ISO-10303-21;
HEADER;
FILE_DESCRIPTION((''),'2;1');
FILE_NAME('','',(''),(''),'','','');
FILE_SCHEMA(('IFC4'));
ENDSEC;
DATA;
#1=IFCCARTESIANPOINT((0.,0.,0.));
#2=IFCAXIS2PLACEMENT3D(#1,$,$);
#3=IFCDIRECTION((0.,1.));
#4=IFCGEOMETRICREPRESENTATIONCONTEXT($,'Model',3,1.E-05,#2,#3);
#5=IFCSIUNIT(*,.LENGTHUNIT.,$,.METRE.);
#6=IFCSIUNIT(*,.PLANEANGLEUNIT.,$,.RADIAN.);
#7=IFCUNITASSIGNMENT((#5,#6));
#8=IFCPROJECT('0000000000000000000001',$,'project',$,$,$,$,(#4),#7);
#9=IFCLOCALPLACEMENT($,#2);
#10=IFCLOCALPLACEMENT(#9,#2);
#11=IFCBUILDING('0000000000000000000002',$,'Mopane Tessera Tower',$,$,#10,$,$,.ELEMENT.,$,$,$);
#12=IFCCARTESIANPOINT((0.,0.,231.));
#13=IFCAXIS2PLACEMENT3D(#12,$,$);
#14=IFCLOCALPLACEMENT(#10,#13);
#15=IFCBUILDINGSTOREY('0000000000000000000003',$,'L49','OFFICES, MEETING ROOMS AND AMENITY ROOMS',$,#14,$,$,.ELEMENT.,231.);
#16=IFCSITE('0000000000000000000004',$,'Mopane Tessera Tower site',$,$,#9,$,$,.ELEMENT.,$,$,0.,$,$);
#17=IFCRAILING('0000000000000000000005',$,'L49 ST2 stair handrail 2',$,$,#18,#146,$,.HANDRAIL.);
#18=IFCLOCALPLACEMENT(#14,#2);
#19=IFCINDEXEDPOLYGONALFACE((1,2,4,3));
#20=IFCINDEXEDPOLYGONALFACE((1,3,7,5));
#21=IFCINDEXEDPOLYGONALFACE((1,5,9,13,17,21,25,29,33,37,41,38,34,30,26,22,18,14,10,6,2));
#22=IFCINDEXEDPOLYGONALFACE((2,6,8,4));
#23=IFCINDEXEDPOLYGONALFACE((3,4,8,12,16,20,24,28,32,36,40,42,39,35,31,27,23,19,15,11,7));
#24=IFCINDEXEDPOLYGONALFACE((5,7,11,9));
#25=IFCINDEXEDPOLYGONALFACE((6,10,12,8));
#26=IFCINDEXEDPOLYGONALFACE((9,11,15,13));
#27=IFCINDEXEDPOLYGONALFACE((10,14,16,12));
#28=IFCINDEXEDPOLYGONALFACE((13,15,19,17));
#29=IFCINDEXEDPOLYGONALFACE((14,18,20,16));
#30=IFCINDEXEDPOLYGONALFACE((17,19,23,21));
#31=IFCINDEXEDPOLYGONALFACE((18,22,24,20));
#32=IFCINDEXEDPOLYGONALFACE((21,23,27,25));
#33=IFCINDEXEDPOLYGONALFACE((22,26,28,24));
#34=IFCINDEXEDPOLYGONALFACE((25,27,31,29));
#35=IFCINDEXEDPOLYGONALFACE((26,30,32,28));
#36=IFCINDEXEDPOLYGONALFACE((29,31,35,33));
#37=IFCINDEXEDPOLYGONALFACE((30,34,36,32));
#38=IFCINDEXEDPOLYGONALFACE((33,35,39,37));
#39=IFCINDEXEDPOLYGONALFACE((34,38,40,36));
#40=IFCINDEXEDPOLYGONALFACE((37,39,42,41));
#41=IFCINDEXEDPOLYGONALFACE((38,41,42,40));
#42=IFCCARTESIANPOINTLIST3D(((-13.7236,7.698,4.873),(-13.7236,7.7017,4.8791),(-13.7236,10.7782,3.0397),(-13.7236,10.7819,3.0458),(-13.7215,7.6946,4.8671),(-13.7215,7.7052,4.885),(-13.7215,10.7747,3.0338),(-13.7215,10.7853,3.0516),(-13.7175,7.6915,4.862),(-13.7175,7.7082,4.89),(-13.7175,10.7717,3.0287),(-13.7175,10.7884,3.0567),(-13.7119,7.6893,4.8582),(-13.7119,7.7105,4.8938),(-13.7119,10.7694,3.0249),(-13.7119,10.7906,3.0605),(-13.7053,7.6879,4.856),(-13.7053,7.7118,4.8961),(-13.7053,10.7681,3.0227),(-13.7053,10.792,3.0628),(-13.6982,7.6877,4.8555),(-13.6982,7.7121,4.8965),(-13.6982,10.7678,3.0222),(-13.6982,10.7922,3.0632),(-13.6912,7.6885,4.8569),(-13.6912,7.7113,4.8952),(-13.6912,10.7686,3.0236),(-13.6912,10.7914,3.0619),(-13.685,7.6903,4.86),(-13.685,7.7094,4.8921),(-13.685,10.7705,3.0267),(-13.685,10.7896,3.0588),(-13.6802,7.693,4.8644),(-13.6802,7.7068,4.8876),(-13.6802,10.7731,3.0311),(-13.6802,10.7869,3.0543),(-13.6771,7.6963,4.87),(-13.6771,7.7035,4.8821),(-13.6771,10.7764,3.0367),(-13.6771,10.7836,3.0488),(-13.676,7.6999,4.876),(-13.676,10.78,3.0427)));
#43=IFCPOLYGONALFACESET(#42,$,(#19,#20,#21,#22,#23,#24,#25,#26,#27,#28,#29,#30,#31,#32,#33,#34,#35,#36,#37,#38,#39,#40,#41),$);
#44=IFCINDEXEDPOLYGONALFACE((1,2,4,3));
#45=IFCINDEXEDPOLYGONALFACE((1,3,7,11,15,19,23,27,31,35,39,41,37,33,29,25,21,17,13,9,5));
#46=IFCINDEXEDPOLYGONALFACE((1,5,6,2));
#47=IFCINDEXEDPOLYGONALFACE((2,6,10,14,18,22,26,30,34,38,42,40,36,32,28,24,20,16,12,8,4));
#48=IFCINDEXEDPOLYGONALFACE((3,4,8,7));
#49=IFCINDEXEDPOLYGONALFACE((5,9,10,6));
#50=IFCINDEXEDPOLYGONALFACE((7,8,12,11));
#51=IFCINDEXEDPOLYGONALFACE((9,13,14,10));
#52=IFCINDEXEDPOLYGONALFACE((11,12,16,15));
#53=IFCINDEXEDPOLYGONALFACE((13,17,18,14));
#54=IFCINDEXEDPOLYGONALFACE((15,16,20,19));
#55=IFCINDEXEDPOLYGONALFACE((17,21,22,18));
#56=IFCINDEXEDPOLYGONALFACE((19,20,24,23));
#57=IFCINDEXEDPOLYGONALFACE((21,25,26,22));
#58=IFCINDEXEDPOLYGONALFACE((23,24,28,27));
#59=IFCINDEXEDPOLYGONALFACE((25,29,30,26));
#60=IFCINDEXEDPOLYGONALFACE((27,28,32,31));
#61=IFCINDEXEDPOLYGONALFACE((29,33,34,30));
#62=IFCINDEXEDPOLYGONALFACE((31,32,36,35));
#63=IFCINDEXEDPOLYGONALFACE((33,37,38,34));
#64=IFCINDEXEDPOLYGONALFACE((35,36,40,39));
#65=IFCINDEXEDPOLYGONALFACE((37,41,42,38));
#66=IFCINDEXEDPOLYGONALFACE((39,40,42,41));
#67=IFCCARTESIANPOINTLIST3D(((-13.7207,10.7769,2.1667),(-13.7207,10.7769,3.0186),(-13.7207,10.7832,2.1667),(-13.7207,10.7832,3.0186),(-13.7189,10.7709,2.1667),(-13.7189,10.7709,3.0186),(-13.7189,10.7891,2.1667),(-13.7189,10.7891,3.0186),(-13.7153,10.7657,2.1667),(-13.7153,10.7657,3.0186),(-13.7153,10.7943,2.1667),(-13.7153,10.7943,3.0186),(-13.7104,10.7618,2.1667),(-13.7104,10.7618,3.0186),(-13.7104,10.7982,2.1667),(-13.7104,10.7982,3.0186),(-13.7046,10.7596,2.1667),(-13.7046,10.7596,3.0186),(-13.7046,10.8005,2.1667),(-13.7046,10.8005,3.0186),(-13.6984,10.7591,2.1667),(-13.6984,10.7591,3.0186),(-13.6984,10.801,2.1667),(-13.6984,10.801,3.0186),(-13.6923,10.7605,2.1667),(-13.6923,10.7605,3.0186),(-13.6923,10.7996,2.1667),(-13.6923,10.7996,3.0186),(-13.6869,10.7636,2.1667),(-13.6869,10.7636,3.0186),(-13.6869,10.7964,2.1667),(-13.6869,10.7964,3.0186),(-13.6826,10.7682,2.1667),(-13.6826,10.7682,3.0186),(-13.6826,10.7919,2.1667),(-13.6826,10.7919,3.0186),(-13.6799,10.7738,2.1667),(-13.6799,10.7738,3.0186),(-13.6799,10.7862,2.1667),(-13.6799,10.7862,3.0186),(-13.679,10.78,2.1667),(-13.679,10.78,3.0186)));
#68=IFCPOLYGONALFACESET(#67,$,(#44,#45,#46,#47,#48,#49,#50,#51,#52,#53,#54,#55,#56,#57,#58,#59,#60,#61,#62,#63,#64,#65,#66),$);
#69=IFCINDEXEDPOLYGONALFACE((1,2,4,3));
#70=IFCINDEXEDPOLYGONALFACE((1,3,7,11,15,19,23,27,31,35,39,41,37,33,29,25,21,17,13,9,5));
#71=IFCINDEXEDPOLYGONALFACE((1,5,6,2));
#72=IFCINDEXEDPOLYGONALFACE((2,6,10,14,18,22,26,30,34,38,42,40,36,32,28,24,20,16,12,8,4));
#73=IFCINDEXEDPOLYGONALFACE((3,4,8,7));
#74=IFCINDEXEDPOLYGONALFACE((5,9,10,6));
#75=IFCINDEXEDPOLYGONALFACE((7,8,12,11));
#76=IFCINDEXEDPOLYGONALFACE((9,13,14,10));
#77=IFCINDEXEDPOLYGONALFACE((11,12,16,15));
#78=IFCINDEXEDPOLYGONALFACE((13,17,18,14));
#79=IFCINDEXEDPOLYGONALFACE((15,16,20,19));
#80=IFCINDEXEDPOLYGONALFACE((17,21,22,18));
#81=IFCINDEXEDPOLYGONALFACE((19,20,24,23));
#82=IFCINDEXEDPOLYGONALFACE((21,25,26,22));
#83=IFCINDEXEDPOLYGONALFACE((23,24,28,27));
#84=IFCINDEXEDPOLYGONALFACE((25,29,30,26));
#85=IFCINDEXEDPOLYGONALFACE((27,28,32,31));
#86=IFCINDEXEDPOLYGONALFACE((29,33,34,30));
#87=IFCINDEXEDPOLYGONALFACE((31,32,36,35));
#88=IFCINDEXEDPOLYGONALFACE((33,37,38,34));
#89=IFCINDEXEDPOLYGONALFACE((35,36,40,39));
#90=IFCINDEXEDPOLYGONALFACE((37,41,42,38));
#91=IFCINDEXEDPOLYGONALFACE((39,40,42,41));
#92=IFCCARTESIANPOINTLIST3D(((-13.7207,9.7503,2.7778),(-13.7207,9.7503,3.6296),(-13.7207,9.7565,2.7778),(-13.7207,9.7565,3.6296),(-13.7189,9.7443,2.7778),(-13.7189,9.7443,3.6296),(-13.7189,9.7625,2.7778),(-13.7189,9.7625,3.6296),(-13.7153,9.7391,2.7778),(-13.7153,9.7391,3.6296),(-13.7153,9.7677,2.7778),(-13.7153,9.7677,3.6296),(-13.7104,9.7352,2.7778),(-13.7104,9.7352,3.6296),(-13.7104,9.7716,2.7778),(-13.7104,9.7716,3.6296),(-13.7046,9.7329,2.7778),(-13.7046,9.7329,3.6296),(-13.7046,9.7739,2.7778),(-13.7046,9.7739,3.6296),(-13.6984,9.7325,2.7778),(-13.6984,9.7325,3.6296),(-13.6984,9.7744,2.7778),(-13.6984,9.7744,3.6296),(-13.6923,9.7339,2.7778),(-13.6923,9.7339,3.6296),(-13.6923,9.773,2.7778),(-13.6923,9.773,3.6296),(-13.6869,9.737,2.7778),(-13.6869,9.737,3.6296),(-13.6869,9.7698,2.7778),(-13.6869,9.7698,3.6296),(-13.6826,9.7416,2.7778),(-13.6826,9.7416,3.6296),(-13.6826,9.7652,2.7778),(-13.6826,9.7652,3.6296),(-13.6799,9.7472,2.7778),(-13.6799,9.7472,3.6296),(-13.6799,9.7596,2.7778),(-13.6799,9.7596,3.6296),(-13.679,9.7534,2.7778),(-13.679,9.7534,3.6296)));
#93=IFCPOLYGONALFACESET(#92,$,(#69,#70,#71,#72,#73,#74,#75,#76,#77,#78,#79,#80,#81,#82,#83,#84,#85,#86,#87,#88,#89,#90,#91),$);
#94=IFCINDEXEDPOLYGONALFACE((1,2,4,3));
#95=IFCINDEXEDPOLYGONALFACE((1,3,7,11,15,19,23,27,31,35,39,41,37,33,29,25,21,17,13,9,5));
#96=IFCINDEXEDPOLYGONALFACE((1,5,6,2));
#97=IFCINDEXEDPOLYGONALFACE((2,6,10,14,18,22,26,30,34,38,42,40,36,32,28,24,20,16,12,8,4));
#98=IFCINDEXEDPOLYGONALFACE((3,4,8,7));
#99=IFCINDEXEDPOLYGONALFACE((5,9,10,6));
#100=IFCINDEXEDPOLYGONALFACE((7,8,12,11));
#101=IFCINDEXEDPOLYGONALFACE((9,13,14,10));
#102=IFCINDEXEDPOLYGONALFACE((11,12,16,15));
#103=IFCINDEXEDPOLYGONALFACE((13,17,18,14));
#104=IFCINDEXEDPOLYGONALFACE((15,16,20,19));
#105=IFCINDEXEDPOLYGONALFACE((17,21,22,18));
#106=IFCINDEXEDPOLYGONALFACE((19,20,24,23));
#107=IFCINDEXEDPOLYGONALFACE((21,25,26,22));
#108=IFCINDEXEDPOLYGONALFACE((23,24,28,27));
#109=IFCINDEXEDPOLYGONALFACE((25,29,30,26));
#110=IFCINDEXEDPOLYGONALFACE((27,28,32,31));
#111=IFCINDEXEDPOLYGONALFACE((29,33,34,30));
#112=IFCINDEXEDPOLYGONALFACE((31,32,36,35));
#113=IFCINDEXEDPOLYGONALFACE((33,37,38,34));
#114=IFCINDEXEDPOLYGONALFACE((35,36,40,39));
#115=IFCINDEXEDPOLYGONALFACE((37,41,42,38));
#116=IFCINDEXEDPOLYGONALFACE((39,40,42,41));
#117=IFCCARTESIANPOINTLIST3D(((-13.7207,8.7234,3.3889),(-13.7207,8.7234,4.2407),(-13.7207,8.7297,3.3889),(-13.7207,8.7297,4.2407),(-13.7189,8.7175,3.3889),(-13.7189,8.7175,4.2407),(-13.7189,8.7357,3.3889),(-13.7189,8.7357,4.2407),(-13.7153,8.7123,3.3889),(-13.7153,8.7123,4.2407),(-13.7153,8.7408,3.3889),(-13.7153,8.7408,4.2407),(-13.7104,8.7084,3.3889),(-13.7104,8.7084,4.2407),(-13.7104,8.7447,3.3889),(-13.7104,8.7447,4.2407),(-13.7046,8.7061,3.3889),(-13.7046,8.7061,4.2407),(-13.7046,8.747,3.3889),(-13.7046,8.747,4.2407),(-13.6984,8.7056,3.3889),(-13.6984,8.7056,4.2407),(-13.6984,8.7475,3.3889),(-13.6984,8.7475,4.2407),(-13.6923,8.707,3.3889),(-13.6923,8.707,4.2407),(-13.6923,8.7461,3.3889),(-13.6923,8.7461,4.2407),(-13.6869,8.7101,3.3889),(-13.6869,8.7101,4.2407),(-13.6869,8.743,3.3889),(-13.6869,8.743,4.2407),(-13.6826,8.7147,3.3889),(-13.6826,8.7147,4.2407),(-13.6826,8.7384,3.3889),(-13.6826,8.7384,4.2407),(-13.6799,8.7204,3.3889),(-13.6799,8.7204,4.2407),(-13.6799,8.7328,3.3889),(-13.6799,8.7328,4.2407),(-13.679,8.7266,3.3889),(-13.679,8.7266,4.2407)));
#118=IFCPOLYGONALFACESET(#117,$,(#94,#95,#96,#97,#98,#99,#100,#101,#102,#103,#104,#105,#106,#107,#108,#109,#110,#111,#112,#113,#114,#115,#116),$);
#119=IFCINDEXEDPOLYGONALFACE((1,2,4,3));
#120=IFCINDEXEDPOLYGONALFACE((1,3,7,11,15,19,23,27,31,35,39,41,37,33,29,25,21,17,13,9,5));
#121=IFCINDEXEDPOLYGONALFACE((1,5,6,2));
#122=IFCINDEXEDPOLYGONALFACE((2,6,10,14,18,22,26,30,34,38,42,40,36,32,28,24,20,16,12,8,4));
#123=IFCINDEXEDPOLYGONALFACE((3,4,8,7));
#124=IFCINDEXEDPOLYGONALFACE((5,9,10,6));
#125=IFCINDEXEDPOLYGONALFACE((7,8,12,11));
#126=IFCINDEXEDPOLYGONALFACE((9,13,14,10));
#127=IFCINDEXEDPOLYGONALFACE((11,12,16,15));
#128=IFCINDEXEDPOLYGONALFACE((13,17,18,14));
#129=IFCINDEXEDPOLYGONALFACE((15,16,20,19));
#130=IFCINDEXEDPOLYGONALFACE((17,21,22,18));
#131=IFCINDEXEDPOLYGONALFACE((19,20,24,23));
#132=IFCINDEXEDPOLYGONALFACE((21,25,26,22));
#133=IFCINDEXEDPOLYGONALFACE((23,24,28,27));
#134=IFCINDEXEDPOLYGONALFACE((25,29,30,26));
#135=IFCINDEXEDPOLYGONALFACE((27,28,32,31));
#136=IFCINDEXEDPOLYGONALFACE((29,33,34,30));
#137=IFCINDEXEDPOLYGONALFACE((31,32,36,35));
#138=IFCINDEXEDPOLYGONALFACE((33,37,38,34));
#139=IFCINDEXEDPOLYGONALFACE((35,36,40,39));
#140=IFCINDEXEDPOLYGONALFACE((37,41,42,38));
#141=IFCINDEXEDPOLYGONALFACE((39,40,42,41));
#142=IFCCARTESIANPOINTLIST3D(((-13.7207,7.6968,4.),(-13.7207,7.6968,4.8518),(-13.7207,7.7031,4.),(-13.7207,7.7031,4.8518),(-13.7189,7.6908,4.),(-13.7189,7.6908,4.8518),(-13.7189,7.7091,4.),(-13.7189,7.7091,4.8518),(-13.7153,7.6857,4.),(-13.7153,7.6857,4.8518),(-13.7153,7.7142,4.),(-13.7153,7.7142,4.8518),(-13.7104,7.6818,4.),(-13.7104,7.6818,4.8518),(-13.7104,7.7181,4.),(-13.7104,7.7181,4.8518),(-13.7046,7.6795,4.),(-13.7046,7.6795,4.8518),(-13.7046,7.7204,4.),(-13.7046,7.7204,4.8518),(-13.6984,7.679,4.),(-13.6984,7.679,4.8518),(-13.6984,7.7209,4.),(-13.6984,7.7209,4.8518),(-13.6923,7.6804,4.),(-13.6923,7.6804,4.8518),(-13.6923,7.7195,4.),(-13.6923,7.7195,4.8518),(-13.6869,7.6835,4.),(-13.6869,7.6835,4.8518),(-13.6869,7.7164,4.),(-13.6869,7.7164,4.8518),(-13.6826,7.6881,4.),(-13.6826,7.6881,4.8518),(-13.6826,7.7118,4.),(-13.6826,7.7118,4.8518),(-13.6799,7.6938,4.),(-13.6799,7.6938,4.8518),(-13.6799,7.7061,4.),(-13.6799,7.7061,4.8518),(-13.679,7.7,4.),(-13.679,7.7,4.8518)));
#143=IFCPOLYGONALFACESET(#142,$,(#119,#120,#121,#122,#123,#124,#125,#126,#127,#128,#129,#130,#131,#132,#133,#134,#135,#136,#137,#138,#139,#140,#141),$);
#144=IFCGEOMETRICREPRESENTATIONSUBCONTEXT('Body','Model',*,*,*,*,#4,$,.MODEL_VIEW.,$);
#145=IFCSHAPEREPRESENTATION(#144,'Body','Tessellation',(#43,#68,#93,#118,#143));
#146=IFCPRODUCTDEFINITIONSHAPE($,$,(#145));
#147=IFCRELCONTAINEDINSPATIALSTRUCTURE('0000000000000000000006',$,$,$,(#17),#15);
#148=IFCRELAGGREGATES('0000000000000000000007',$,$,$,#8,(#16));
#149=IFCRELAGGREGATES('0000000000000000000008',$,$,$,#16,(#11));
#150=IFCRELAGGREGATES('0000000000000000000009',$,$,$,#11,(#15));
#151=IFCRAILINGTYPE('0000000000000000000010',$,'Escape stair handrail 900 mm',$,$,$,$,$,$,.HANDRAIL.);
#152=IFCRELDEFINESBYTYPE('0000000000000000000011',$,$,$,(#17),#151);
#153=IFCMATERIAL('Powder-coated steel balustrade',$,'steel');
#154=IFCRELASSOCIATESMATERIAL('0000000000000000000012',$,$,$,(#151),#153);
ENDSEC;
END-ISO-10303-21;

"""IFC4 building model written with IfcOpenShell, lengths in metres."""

from ifc_helpers import new_model, si_unit, direction, frame, origin, origin_2d, place, context, subcontext, project, spatial, circle, extrude, material, type_object, element, save


model = new_model("IFC4")

# Units and contexts
model_context = context("Model", 3, precision=1e-05, world=origin(), true_north=direction((0.0, 1.0)))
body_context = subcontext(model_context, "Body", "Model", "MODEL_VIEW")
ifc_project = project(units=[si_unit("LENGTHUNIT", "METRE"), si_unit("PLANEANGLEUNIT", "RADIAN")], contexts=[model_context])

# Site, building, storey
site_placement = place(None, origin())
site = spatial("IfcSite", under=ifc_project, at=site_placement, Name="Mopane Tessera Tower site", CompositionType="ELEMENT", RefElevation=0.0)
building_placement = place(site_placement, origin())
building = spatial("IfcBuilding", under=site, at=building_placement, Name="Mopane Tessera Tower", CompositionType="ELEMENT")
storey_placement = place(building_placement, frame((0.0, 0.0, 231.0)))
storey = spatial("IfcBuildingStorey", under=building, at=storey_placement, Name="L49", Description="OFFICES, MEETING ROOMS AND AMENITY ROOMS", CompositionType="ELEMENT", Elevation=231.0)

# Railing
ifc_material_1 = material(Name="Powder-coated steel balustrade", Category="steel")
railing_type_1 = type_object("IfcRailingType", Name="Escape stair handrail 900 mm", PredefinedType="HANDRAIL", material=ifc_material_1)
railing_1_placement = place(storey_placement, frame((-13.7, 10.78, 2.1667)))
element("IfcRailing", 1, at=railing_1_placement, inside=storey, type_object=railing_type_1, Name="L49 ST2 stair handrail 2", PredefinedType="HANDRAIL", context=body_context, shape_type="SweptSolid", body=[
    extrude(circle(Radius=0.0239, at=origin_2d()), frame((0.0, 0.0, 0.876), z_axis=(0.0, -0.859309, 0.511458), x_axis=(1.0, 0.0, 0.0)), (0.0, 0.0, 1.0), 3.5845),
    extrude(circle(Radius=0.021, at=origin_2d()), origin(), (0.0, 0.0, 1.0), 0.8518),
    extrude(circle(Radius=0.021, at=origin_2d()), frame((0.0, -1.0266, 0.6111)), (0.0, 0.0, 1.0), 0.8518),
    extrude(circle(Radius=0.021, at=origin_2d()), frame((0.0, -2.0535, 1.2222)), (0.0, 0.0, 1.0), 0.8518),
    extrude(circle(Radius=0.021, at=origin_2d()), frame((0.0, -3.0801, 1.8333)), (0.0, 0.0, 1.0), 0.8518),
])

save(model, "model.ifc")
